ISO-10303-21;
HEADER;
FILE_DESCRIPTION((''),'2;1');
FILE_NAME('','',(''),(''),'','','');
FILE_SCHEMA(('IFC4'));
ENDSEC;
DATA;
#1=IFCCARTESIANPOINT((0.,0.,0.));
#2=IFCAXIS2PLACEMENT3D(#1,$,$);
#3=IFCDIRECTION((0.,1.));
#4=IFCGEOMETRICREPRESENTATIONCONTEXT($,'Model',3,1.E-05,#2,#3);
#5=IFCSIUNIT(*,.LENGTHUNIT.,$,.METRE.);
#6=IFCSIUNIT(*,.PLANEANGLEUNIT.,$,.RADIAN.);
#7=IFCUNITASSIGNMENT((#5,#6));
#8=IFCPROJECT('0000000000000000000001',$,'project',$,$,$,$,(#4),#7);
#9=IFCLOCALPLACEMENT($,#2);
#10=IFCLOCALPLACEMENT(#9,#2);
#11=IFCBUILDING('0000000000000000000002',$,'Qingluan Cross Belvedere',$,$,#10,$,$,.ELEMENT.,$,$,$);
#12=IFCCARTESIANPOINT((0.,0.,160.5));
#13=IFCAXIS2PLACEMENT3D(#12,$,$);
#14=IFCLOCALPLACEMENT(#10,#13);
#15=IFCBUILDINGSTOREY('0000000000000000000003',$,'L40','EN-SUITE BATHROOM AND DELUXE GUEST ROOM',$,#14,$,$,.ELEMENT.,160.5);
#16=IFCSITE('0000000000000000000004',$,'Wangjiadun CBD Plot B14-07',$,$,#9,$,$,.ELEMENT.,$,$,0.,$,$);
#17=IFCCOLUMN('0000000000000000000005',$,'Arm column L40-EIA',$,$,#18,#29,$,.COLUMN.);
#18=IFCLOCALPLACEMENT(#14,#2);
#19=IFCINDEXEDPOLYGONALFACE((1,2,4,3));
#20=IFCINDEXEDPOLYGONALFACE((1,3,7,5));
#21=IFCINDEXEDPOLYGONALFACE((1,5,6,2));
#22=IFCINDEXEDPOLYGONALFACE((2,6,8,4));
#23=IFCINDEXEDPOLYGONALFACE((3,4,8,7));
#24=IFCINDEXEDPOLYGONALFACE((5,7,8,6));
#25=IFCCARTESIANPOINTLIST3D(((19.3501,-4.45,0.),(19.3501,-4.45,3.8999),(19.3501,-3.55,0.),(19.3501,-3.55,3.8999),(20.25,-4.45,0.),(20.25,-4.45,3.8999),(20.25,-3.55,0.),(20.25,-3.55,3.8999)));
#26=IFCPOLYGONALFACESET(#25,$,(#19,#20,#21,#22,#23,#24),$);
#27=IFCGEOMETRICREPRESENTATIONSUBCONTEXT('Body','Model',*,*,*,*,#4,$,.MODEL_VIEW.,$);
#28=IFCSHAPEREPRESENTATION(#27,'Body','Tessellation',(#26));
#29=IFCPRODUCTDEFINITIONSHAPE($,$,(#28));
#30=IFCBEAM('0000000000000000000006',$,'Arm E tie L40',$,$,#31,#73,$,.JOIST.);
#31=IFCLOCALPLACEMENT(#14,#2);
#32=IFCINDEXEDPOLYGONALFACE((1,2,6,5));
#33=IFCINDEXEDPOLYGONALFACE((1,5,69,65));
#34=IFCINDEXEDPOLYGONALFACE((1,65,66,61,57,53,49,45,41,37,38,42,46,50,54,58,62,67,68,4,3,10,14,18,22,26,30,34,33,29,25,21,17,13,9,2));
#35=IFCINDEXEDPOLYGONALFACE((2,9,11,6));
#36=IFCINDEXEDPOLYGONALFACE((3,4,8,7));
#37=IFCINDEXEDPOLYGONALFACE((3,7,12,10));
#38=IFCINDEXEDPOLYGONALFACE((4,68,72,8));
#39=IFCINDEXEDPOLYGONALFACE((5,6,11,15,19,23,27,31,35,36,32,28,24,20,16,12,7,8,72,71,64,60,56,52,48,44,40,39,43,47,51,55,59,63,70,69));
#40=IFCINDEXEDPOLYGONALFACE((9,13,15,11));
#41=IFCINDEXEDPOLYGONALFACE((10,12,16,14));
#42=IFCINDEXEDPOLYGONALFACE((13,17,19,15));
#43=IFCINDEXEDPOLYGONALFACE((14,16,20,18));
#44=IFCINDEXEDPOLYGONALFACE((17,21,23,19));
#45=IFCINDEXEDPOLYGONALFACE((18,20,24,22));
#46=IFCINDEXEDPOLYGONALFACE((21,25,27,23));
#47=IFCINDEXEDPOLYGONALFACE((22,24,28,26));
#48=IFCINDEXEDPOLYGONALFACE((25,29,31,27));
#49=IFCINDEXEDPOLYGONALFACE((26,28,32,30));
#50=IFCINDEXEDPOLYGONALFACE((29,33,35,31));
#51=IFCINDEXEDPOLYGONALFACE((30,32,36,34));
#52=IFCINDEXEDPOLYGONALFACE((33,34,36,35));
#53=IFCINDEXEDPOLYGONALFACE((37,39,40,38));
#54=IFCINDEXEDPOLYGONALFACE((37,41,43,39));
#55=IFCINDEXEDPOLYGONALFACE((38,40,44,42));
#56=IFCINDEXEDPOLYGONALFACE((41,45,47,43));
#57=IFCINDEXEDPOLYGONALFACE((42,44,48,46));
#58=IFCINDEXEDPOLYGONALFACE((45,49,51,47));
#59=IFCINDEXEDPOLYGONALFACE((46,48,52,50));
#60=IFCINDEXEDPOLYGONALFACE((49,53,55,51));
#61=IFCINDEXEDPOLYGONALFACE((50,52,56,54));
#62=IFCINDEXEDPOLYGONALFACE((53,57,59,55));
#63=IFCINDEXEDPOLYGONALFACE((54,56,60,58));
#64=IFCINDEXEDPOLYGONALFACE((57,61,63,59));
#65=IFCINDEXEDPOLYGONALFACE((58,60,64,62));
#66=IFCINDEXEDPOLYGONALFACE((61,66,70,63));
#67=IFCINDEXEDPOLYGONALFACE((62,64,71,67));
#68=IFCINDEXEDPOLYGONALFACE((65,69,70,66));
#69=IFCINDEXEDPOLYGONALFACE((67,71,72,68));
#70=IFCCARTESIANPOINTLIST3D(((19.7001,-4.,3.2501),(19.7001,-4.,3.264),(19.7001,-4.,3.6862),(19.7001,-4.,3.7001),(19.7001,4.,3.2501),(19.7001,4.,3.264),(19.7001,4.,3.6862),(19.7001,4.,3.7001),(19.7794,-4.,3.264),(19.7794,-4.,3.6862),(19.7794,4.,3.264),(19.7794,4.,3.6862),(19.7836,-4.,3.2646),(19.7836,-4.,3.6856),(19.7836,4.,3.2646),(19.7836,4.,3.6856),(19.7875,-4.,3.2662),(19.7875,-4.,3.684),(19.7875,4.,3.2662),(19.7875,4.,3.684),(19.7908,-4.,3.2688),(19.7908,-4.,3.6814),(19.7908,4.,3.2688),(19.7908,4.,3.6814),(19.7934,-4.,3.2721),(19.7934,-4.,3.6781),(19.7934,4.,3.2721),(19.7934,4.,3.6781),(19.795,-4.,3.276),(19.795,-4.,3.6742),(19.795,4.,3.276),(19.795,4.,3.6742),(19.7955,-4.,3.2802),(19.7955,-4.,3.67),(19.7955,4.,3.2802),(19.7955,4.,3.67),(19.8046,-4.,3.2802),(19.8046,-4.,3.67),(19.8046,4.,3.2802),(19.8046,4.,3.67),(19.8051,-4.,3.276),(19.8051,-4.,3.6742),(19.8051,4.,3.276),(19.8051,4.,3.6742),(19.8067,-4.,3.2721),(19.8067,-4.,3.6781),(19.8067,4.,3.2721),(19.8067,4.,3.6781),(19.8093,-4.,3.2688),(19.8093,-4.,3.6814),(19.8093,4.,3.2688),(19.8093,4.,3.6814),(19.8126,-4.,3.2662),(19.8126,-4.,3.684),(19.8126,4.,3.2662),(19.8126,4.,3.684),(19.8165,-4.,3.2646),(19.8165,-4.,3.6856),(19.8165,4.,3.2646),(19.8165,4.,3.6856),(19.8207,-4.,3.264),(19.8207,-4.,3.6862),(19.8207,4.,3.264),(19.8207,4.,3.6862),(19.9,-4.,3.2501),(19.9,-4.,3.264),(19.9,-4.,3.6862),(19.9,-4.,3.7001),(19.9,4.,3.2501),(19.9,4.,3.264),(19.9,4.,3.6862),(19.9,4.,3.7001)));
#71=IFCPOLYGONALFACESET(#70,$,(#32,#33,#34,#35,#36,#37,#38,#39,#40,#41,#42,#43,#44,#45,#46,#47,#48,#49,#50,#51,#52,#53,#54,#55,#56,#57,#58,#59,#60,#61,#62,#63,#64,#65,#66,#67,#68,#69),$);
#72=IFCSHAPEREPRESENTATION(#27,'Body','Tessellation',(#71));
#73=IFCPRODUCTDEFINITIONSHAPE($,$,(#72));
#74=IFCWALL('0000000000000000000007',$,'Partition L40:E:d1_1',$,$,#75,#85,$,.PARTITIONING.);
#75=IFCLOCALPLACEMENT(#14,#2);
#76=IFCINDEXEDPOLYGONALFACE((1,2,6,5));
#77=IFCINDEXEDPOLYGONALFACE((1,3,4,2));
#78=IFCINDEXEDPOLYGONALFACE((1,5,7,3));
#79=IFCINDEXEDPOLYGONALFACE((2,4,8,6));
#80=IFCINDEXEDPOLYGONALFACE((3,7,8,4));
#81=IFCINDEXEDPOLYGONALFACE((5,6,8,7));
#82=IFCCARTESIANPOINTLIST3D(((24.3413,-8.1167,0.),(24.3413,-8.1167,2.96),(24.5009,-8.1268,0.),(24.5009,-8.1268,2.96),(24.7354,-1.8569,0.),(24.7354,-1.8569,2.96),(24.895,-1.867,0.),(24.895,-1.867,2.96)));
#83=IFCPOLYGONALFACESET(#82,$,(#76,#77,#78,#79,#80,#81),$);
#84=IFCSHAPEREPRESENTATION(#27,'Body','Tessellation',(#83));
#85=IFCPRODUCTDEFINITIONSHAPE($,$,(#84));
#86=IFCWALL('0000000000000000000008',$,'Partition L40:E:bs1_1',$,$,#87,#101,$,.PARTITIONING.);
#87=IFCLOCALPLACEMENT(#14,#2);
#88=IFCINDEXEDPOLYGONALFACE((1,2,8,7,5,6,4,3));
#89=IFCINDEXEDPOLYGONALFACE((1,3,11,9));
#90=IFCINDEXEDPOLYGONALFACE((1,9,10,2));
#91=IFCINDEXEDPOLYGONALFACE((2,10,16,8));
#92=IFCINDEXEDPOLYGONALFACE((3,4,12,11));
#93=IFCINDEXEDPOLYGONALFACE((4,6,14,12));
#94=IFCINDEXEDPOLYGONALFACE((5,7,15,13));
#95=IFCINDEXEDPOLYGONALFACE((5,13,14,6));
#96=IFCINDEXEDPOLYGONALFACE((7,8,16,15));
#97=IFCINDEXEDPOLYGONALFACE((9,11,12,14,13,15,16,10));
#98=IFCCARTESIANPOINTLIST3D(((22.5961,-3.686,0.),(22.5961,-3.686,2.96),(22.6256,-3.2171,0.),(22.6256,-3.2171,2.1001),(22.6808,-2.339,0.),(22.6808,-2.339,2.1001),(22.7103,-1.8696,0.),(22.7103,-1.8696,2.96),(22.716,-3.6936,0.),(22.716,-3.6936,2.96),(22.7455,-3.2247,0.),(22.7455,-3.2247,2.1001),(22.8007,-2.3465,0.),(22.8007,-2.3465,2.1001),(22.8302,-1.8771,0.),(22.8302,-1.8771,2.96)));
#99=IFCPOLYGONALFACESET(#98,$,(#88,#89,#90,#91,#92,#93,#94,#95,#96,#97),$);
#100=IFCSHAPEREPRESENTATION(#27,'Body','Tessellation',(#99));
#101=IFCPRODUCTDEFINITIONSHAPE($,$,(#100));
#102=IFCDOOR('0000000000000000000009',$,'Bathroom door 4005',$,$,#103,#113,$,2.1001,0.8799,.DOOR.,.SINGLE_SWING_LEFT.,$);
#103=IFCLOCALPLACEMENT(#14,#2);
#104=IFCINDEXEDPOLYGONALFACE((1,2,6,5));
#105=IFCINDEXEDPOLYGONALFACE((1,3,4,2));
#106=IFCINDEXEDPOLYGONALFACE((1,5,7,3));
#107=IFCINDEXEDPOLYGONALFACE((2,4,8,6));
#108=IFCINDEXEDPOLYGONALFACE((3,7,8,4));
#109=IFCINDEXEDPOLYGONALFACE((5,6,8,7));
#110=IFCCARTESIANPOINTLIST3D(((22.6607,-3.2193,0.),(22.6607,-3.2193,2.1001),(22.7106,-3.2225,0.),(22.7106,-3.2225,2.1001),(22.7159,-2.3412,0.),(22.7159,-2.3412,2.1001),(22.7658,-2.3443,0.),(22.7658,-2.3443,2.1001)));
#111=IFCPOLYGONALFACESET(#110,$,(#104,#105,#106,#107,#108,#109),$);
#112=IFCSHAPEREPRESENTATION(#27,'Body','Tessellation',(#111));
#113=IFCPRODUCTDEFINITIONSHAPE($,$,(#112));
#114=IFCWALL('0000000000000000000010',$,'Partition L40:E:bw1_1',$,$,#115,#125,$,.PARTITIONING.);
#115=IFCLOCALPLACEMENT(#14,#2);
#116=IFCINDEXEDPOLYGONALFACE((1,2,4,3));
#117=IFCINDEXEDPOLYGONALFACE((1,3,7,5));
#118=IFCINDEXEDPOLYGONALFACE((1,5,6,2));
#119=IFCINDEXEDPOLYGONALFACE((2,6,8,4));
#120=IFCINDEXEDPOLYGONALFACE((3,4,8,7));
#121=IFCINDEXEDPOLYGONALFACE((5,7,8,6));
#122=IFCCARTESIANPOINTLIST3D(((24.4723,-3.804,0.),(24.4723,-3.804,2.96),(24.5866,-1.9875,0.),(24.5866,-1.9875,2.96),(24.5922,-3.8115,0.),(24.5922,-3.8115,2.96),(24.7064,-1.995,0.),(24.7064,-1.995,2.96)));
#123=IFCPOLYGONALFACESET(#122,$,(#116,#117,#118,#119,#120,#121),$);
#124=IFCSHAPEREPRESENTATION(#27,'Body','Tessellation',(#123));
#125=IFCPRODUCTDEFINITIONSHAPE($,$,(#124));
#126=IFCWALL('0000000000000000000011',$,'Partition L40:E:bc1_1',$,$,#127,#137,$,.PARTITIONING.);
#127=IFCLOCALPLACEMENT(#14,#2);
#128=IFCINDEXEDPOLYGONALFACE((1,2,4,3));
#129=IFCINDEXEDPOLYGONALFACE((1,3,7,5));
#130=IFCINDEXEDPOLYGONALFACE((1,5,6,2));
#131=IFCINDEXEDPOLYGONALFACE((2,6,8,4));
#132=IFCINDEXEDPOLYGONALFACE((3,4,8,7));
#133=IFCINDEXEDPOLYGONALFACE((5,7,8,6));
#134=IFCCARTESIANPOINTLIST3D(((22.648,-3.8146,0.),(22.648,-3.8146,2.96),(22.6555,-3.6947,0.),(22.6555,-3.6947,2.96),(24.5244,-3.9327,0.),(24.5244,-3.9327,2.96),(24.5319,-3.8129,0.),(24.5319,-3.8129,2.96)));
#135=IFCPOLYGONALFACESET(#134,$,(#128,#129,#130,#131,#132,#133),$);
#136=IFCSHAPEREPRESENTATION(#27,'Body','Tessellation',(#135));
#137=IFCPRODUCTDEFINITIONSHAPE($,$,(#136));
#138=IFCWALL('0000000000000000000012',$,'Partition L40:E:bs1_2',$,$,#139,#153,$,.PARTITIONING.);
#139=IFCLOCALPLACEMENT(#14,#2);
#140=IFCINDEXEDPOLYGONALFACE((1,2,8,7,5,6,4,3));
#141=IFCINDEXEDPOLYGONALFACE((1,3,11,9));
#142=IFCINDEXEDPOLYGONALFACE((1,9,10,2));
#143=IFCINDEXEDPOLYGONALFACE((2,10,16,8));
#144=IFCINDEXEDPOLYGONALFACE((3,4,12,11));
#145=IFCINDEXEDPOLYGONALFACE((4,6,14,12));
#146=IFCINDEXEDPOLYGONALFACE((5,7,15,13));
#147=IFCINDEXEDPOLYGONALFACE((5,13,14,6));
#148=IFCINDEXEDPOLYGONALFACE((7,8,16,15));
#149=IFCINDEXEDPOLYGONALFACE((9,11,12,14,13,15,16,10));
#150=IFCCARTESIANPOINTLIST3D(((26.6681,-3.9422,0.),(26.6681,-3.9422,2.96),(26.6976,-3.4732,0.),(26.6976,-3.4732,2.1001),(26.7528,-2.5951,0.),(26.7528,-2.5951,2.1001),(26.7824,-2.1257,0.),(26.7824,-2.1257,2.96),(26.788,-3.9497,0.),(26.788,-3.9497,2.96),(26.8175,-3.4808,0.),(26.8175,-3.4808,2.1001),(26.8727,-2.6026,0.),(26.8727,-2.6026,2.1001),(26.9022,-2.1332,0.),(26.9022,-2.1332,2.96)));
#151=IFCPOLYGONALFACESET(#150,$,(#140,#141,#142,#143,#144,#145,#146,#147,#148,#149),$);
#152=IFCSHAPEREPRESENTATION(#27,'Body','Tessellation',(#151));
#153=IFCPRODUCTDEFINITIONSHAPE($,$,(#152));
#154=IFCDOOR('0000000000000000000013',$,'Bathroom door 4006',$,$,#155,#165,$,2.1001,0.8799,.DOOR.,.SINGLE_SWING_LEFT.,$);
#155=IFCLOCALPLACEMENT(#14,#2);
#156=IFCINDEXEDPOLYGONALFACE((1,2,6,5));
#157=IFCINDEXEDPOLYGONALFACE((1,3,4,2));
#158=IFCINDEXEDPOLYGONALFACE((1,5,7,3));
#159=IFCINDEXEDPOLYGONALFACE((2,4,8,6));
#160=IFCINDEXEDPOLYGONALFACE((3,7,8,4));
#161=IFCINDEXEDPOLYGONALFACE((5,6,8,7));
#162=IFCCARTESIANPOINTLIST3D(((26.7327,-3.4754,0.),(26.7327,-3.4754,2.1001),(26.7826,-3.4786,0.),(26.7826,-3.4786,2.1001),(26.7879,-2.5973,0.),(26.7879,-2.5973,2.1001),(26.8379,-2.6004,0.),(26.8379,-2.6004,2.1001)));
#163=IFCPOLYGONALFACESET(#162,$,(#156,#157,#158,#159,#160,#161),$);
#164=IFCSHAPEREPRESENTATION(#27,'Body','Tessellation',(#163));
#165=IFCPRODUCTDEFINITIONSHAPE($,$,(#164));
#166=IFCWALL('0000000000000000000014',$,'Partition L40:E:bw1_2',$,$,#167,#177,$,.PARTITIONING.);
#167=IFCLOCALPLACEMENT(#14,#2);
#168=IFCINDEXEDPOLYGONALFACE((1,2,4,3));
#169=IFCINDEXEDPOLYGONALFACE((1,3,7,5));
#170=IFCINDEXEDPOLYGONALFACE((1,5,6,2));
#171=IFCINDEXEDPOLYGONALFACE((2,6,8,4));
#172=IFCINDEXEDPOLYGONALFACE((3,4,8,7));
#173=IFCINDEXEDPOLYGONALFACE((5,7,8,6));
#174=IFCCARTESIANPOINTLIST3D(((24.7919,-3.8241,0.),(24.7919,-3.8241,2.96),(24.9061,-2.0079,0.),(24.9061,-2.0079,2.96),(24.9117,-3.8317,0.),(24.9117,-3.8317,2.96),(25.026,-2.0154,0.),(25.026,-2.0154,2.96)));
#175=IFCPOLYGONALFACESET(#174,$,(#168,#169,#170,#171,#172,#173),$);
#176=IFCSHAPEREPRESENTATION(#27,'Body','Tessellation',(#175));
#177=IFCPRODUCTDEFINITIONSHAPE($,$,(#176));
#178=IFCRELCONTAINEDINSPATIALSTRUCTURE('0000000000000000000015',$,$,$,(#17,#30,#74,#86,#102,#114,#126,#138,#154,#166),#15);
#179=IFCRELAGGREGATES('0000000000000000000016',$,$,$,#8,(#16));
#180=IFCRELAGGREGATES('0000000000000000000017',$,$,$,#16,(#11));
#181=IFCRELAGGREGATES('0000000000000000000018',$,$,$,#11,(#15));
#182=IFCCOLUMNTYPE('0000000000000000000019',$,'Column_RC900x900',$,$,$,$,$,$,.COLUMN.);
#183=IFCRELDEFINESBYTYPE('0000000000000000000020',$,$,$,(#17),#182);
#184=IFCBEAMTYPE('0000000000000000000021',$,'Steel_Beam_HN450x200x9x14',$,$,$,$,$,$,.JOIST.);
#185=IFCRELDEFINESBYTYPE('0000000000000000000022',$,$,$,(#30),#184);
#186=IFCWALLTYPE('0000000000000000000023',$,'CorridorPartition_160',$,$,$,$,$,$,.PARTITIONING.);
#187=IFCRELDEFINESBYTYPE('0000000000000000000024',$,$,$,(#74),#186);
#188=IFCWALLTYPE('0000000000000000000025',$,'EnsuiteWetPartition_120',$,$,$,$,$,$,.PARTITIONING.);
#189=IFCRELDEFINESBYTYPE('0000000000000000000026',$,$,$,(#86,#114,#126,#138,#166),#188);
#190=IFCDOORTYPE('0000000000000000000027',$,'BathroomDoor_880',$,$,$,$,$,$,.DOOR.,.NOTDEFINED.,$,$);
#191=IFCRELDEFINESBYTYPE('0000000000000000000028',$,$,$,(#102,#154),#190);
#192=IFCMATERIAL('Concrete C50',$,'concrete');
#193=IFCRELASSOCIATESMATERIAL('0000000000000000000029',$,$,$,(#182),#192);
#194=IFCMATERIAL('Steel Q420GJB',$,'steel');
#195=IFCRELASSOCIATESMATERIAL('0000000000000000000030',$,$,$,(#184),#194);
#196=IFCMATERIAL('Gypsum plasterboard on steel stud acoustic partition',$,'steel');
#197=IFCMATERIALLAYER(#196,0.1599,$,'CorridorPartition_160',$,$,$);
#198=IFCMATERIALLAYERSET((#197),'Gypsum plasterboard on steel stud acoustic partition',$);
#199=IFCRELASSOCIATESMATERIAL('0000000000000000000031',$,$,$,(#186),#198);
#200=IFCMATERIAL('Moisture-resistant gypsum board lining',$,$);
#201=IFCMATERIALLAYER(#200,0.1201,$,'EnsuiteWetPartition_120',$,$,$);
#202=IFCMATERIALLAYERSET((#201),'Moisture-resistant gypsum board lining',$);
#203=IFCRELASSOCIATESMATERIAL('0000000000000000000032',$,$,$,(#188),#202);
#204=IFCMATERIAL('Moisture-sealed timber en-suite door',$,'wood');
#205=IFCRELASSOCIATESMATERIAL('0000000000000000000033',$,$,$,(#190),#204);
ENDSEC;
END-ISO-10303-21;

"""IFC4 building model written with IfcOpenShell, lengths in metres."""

from ifc_helpers import new_model, si_unit, direction, frame, frame_2d, origin, origin_2d, place, context, subcontext, project, spatial, rectangle, i_section, extrude, material, layer, layer_set, material_profile, profile_set, type_object, element, fill, save


model = new_model("IFC4")

# Units and contexts
model_context = context("Model", 3, precision=1e-05, world=origin(), true_north=direction((0.0, 1.0)))
body_context = subcontext(model_context, "Body", "Model", "MODEL_VIEW")
ifc_project = project(units=[si_unit("LENGTHUNIT", "METRE"), si_unit("PLANEANGLEUNIT", "RADIAN")], contexts=[model_context])

# Site, building, storey
site_placement = place(None, origin())
site = spatial("IfcSite", under=ifc_project, at=site_placement, Name="Wangjiadun CBD Plot B14-07", CompositionType="ELEMENT", RefElevation=0.0)
building_placement = place(site_placement, origin())
building = spatial("IfcBuilding", under=site, at=building_placement, Name="Qingluan Cross Belvedere", CompositionType="ELEMENT")
storey_placement = place(building_placement, frame((0.0, 0.0, 160.5)))
storey = spatial("IfcBuildingStorey", under=building, at=storey_placement, Name="L40", Description="EN-SUITE BATHROOM AND DELUXE GUEST ROOM", CompositionType="ELEMENT", Elevation=160.5)

# Column
ifc_material_1 = material(Name="Concrete C50", Category="concrete")
ifc_material_profile_1 = material_profile(ifc_material_1, rectangle(XDim=0.8999, YDim=0.8999, at=origin_2d()), Name="RC900x900")
ifc_profile_set_1 = profile_set([ifc_material_profile_1], Name="Concrete C50")
column_type = type_object("IfcColumnType", Name="Column_RC900x900", PredefinedType="COLUMN", material=ifc_profile_set_1)
column_placement = place(storey_placement, frame((19.8, -4.0, 0.0), z_axis=(0.0, 0.0, 1.0), x_axis=(1.0, 0.0, 0.0)))
element("IfcColumn", 1, at=column_placement, inside=storey, type_object=column_type, Name="Arm column L40-EIA", PredefinedType="COLUMN", context=body_context, shape_type="SweptSolid", body=[
    extrude(rectangle(XDim=0.8999, YDim=0.8999, at=origin_2d()), origin(), (0.0, 0.0, 1.0), 3.8999),
])

# Beam
ifc_material_2 = material(Name="Steel Q420GJB", Category="steel")
ifc_material_profile_2 = material_profile(ifc_material_2, i_section(OverallWidth=0.2, OverallDepth=0.45, WebThickness=0.009, FlangeThickness=0.0139, FilletRadius=0.0161, at=origin_2d()), Name="HN450x200x9x14")
ifc_profile_set_2 = profile_set([ifc_material_profile_2], Name="Steel Q420GJB")
beam_type = type_object("IfcBeamType", Name="Steel_Beam_HN450x200x9x14", PredefinedType="JOIST", material=ifc_profile_set_2)
beam_placement = place(storey_placement, frame((19.8, -4.0, 3.4751), z_axis=(0.0, 1.0, 0.0), x_axis=(-1.0, 0.0, 0.0)))
element("IfcBeam", 2, at=beam_placement, inside=storey, type_object=beam_type, Name="Arm E tie L40", PredefinedType="JOIST", context=body_context, shape_type="SweptSolid", body=[
    extrude(i_section(OverallWidth=0.2, OverallDepth=0.45, WebThickness=0.009, FlangeThickness=0.0139, FilletRadius=0.0161, at=origin_2d()), origin(), (0.0, 0.0, 1.0), 8.0),
])

# Wall
ifc_material_3 = material(Name="Gypsum plasterboard on steel stud acoustic partition", Category="steel")
ifc_layer_1 = layer(ifc_material_3, 0.1599, Name="CorridorPartition_160")
ifc_layer_set_1 = layer_set([ifc_layer_1], Name="Gypsum plasterboard on steel stud acoustic partition")
wall_type_1 = type_object("IfcWallType", Name="CorridorPartition_160", PredefinedType="PARTITIONING", material=ifc_layer_set_1)
wall_1_placement = place(storey_placement, frame((24.8152, -1.8618, 0.0), z_axis=(0.0, 0.0, 1.0), x_axis=(-0.062824, -0.998025, 0.0)))
element("IfcWall", 3, at=wall_1_placement, inside=storey, type_object=wall_type_1, Name="Partition L40:E:d1_1", PredefinedType="PARTITIONING", context=body_context, shape_type="SweptSolid", body=[
    extrude(rectangle(XDim=6.2722, YDim=0.1599, at=frame_2d((3.1362, 0.0))), origin(), (0.0, 0.0, 1.0), 2.96),
])

# Wall, opening, door
ifc_material_4 = material(Name="Moisture-resistant gypsum board lining")
ifc_layer_2 = layer(ifc_material_4, 0.1201, Name="EnsuiteWetPartition_120")
ifc_layer_set_2 = layer_set([ifc_layer_2], Name="Moisture-resistant gypsum board lining")
wall_type_2 = type_object("IfcWallType", Name="EnsuiteWetPartition_120", PredefinedType="PARTITIONING", material=ifc_layer_set_2)
wall_2_placement = place(storey_placement, frame((22.656, -3.6899, 0.0), z_axis=(0.0, 0.0, 1.0), x_axis=(0.062779, 0.998027, 0.0)))
wall_2 = element("IfcWall", 4, at=wall_2_placement, inside=storey, type_object=wall_type_2, Name="Partition L40:E:bs1_1", PredefinedType="PARTITIONING", context=body_context, shape_type="SweptSolid", body=[
    extrude(rectangle(XDim=1.8201, YDim=0.1201, at=frame_2d((0.9102, 0.0))), origin(), (0.0, 0.0, 1.0), 2.96),
])
opening_1_placement = place(wall_2_placement, frame((0.47, 0.0, 0.0)))
opening_1 = element("IfcOpeningElement", 5, at=opening_1_placement, cuts=wall_2, PredefinedType="OPENING", context=body_context, shape_type="SweptSolid", body=[
    extrude(rectangle(XDim=0.8799, YDim=2.1001, at=frame_2d((0.4399, 1.05))), frame((0.0, 0.0701, 0.0), z_axis=(0.0, -1.0, 0.0), x_axis=(1.0, 0.0, 0.0)), (0.0, 0.0, 1.0), 0.1401),
])
ifc_material_5 = material(Name="Moisture-sealed timber en-suite door", Category="wood")
door_type = type_object("IfcDoorType", Name="BathroomDoor_880", OperationType="NOTDEFINED", PredefinedType="DOOR", material=ifc_material_5)
door_1_placement = place(opening_1_placement, origin())
door_1 = element("IfcDoor", 6, at=door_1_placement, inside=storey, type_object=door_type, Name="Bathroom door 4005", OperationType="SINGLE_SWING_LEFT", OverallHeight=2.1001, OverallWidth=0.8799, PredefinedType="DOOR", context=body_context, shape_type="SweptSolid", body=[
    extrude(rectangle(XDim=0.8799, YDim=2.1001, at=frame_2d((0.4399, 1.05))), frame((0.0, 0.0249, 0.0), z_axis=(0.0, -1.0, 0.0), x_axis=(1.0, 0.0, 0.0)), (0.0, 0.0, 1.0), 0.05),
])
fill(opening_1, door_1)

# Walls
wall_3_placement = place(storey_placement, frame((24.5322, -3.8079, 0.0), z_axis=(0.0, 0.0, 1.0), x_axis=(0.062779, 0.998027, 0.0)))
element("IfcWall", 7, at=wall_3_placement, inside=storey, type_object=wall_type_2, Name="Partition L40:E:bw1_1", PredefinedType="PARTITIONING", context=body_context, shape_type="SweptSolid", body=[
    extrude(rectangle(XDim=1.8201, YDim=0.1201, at=frame_2d((0.9102, 0.0))), origin(), (0.0, 0.0, 1.0), 2.96),
])
wall_4_placement = place(storey_placement, frame((22.6519, -3.7546, 0.0), z_axis=(0.0, 0.0, 1.0), x_axis=(0.998023, -0.062847, 0.0)))
element("IfcWall", 8, at=wall_4_placement, inside=storey, type_object=wall_type_2, Name="Partition L40:E:bc1_1", PredefinedType="PARTITIONING", context=body_context, shape_type="SweptSolid", body=[
    extrude(rectangle(XDim=1.8801, YDim=0.1201, at=frame_2d((0.9399, 0.0))), origin(), (0.0, 0.0, 1.0), 2.96),
])

# Wall, opening, door
wall_5_placement = place(storey_placement, frame((26.728, -3.946, 0.0), z_axis=(0.0, 0.0, 1.0), x_axis=(0.062779, 0.998027, 0.0)))
wall_5 = element("IfcWall", 9, at=wall_5_placement, inside=storey, type_object=wall_type_2, Name="Partition L40:E:bs1_2", PredefinedType="PARTITIONING", context=body_context, shape_type="SweptSolid", body=[
    extrude(rectangle(XDim=1.8201, YDim=0.1201, at=frame_2d((0.9102, 0.0))), origin(), (0.0, 0.0, 1.0), 2.96),
])
opening_2_placement = place(wall_5_placement, frame((0.47, 0.0, 0.0)))
opening_2 = element("IfcOpeningElement", 10, at=opening_2_placement, cuts=wall_5, PredefinedType="OPENING", context=body_context, shape_type="SweptSolid", body=[
    extrude(rectangle(XDim=0.8799, YDim=2.1001, at=frame_2d((0.4399, 1.05))), frame((0.0, 0.0701, 0.0), z_axis=(0.0, -1.0, 0.0), x_axis=(1.0, 0.0, 0.0)), (0.0, 0.0, 1.0), 0.1401),
])
door_2_placement = place(opening_2_placement, origin())
door_2 = element("IfcDoor", 11, at=door_2_placement, inside=storey, type_object=door_type, Name="Bathroom door 4006", OperationType="SINGLE_SWING_LEFT", OverallHeight=2.1001, OverallWidth=0.8799, PredefinedType="DOOR", context=body_context, shape_type="SweptSolid", body=[
    extrude(rectangle(XDim=0.8799, YDim=2.1001, at=frame_2d((0.4399, 1.05))), frame((0.0, 0.0249, 0.0), z_axis=(0.0, -1.0, 0.0), x_axis=(1.0, 0.0, 0.0)), (0.0, 0.0, 1.0), 0.05),
])
fill(opening_2, door_2)

# Wall
wall_6_placement = place(storey_placement, frame((24.8518, -3.8279, 0.0), z_axis=(0.0, 0.0, 1.0), x_axis=(0.062788, 0.998027, 0.0)))
element("IfcWall", 12, at=wall_6_placement, inside=storey, type_object=wall_type_2, Name="Partition L40:E:bw1_2", PredefinedType="PARTITIONING", context=body_context, shape_type="SweptSolid", body=[
    extrude(rectangle(XDim=1.8198, YDim=0.1201, at=frame_2d((0.9099, 0.0))), origin(), (0.0, 0.0, 1.0), 2.96),
])

save(model, "model.ifc")
